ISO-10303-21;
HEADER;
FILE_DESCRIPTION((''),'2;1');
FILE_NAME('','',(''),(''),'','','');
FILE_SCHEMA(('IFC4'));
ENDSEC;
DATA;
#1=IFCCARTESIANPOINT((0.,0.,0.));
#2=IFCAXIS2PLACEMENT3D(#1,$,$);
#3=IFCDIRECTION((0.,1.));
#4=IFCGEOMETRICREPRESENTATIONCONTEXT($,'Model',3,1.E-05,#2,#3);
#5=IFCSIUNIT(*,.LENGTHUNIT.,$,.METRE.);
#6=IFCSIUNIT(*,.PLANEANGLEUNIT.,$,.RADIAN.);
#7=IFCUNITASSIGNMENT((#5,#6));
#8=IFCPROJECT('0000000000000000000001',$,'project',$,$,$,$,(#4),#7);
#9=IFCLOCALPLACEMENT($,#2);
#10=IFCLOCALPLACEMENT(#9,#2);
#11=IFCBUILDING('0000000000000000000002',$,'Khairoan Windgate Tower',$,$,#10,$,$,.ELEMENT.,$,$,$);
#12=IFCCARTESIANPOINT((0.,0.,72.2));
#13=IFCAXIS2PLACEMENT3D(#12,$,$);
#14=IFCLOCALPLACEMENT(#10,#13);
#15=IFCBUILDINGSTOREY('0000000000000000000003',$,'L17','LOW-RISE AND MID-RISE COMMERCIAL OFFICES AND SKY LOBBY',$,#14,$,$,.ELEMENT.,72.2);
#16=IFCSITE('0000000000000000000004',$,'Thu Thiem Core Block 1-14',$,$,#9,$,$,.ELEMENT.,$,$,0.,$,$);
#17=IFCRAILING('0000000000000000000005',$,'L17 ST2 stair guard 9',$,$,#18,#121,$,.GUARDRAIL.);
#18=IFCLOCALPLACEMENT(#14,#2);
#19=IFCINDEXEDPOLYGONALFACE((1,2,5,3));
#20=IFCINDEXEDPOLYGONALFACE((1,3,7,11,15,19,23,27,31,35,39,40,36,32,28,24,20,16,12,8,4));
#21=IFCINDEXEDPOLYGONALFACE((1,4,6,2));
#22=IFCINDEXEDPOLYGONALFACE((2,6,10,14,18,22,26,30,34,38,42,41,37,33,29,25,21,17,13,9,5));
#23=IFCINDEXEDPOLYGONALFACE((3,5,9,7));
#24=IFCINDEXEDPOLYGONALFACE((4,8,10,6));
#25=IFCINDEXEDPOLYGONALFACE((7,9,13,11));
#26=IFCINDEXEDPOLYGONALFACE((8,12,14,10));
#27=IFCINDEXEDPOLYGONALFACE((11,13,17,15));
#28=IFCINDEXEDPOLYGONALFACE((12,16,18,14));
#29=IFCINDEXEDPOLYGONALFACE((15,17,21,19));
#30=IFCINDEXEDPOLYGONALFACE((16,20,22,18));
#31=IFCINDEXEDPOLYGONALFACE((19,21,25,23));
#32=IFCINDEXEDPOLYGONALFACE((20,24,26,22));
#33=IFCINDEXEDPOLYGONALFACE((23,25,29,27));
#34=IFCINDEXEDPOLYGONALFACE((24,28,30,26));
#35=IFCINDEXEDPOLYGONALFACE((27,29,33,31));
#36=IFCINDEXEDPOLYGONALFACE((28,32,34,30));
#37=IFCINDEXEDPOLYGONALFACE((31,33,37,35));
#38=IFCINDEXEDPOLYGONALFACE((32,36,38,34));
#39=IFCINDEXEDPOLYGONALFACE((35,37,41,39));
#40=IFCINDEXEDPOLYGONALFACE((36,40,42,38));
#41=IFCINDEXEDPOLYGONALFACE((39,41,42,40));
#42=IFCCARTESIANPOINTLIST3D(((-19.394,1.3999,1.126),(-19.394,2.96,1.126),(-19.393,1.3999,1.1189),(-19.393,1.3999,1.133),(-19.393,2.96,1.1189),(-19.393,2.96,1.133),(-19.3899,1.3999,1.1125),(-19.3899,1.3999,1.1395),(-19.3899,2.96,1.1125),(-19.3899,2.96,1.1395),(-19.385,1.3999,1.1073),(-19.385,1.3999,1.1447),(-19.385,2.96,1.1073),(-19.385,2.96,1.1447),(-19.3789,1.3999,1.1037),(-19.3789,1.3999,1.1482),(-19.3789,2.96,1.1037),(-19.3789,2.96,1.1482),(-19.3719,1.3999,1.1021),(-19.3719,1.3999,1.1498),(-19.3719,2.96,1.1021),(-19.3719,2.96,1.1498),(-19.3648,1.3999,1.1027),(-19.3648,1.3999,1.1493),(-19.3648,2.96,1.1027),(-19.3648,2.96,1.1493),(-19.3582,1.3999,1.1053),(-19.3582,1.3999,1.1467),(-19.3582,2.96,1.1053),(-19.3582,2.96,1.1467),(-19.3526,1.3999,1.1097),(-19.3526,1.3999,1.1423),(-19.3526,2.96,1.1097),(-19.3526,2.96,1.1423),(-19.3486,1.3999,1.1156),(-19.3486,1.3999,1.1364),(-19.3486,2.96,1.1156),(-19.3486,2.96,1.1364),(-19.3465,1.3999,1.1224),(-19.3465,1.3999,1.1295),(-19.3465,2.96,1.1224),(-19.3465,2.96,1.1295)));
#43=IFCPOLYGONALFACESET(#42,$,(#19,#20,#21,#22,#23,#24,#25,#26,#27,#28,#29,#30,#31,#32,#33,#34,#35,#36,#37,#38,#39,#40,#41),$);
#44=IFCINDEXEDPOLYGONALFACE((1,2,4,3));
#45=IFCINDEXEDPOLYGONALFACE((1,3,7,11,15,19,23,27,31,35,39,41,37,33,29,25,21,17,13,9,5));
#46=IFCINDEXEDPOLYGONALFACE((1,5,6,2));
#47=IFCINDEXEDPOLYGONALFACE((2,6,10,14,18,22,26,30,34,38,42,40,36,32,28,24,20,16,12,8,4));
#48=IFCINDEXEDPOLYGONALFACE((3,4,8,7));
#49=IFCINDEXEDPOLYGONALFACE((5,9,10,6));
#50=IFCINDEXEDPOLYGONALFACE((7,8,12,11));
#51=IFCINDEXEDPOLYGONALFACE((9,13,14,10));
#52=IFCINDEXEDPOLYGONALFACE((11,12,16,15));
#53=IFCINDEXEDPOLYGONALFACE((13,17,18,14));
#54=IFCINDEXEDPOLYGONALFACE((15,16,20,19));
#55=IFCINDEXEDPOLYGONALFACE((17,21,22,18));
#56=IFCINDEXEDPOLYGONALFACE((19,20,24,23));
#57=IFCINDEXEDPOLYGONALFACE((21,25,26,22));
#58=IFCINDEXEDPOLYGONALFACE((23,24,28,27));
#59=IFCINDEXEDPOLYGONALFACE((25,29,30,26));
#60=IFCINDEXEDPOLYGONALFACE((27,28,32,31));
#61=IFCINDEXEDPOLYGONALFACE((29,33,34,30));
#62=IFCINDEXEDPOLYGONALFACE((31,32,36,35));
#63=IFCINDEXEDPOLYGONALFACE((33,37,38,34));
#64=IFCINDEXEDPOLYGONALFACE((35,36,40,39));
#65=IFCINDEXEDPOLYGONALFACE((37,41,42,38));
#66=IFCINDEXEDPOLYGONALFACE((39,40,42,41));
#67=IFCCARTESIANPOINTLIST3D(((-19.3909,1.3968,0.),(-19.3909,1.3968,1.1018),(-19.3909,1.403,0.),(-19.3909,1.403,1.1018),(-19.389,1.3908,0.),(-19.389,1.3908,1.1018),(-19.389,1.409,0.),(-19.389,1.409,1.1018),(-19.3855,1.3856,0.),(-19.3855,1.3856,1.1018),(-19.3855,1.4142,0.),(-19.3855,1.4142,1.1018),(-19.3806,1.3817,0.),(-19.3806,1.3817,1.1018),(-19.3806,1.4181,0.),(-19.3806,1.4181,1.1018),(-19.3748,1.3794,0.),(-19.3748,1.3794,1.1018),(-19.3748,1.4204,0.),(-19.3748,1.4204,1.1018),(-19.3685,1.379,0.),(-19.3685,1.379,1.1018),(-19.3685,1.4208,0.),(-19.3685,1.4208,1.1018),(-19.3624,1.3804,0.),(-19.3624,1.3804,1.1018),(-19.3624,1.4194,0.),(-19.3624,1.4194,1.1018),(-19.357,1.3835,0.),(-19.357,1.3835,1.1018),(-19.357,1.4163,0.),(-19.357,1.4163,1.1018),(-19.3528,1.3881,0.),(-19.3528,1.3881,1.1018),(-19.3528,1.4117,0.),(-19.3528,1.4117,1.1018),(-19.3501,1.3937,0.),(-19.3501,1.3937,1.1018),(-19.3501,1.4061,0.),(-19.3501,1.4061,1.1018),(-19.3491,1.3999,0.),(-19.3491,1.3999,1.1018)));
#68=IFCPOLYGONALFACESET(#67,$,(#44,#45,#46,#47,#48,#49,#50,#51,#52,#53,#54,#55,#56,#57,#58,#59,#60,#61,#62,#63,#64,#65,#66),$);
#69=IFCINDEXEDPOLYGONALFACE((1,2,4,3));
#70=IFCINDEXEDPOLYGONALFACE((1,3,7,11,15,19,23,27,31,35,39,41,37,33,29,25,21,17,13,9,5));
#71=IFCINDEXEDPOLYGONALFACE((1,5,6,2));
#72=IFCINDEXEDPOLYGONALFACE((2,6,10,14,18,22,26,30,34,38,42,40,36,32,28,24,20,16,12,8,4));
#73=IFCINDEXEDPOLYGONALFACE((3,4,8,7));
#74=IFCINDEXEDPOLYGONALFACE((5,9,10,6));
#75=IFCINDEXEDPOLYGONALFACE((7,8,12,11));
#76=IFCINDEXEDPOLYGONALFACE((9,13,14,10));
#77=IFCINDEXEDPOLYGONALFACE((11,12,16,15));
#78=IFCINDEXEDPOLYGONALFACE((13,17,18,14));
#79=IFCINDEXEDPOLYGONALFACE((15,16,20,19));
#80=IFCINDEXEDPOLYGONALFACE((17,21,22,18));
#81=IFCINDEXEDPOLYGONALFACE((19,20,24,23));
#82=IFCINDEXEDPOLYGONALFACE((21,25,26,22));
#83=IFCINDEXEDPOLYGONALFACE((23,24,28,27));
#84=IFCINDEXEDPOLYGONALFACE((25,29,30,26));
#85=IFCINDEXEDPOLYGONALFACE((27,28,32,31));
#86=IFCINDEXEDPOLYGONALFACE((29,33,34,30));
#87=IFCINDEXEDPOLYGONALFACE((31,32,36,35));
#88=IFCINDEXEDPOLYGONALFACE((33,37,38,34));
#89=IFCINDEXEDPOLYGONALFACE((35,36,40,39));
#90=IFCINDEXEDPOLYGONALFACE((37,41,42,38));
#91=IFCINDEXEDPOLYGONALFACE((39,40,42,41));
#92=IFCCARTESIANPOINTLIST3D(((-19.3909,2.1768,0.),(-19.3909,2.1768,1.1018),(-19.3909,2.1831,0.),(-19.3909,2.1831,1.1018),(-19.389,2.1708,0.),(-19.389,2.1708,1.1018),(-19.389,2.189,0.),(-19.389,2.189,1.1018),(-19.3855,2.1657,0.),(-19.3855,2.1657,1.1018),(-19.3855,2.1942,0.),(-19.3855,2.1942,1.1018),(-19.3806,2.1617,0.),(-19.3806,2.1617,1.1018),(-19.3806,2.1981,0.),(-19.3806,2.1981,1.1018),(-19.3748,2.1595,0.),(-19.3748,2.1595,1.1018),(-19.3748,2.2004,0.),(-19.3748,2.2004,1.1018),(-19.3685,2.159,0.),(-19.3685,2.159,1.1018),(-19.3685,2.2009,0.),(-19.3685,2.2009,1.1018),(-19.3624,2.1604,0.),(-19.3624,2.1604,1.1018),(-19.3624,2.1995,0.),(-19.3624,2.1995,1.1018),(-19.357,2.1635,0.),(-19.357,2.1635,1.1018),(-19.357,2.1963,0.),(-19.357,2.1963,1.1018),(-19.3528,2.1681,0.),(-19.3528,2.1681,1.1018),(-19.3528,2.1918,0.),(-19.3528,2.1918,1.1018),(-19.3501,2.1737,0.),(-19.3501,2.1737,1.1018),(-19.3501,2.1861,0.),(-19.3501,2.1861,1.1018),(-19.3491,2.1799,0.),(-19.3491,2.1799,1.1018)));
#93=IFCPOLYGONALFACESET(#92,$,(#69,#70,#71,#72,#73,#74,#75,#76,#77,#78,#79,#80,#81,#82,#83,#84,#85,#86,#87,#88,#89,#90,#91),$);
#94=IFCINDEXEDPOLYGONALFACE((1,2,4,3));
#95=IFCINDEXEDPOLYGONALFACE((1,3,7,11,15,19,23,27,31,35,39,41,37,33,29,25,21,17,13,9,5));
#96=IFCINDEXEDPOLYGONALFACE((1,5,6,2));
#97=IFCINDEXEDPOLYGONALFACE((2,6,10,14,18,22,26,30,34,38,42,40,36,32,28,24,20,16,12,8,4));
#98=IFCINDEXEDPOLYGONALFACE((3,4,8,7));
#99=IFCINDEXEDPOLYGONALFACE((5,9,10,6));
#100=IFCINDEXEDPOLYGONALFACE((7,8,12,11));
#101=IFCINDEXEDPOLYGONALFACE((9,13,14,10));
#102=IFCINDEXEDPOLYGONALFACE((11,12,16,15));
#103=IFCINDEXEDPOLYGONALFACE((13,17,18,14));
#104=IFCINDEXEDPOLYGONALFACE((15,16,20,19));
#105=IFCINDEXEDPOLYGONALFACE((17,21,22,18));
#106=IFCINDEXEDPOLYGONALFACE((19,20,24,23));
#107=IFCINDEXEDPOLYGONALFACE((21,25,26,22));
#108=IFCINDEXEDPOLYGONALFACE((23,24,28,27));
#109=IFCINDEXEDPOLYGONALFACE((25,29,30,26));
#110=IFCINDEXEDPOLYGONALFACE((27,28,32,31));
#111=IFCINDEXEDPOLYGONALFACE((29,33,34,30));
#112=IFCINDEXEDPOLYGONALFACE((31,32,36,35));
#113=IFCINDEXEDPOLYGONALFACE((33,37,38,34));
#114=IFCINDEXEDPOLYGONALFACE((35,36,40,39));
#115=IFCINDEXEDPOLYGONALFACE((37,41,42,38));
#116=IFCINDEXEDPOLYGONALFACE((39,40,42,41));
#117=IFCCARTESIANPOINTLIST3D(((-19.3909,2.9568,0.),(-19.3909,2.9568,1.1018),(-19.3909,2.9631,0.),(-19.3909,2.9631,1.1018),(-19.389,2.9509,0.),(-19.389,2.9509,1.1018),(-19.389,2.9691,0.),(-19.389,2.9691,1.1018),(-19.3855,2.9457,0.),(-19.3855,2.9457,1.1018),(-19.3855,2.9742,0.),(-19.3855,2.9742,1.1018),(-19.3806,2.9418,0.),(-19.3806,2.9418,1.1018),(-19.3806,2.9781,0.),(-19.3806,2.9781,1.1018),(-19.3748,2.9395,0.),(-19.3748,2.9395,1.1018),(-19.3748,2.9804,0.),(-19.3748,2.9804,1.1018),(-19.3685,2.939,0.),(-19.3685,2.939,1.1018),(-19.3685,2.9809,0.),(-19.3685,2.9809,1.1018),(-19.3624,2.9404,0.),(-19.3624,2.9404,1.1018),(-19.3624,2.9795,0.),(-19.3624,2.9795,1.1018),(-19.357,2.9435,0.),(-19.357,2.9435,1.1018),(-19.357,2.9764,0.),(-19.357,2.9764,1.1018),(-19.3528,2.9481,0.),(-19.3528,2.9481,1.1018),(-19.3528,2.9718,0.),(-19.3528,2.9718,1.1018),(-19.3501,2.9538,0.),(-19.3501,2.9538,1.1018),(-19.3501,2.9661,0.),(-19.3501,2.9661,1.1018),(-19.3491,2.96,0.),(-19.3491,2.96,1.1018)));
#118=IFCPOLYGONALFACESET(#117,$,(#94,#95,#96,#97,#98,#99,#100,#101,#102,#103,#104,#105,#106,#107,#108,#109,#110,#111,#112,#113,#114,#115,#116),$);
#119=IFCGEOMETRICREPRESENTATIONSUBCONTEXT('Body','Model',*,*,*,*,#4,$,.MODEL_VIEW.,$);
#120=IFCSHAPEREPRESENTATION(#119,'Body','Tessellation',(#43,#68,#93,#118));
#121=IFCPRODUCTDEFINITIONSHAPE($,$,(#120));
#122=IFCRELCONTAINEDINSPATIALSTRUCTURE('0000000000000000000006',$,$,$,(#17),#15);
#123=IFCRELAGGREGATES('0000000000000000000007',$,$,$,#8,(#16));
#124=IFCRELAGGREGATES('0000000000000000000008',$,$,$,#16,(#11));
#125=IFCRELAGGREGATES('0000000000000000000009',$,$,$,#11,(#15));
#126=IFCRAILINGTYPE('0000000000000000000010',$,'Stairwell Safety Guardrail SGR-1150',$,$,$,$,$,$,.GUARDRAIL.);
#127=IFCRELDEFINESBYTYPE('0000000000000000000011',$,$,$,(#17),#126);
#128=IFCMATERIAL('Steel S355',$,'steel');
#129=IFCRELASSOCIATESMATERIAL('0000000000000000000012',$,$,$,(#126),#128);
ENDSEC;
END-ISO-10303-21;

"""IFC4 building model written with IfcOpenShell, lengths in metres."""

from ifc_helpers import new_model, si_unit, direction, frame, origin, origin_2d, place, context, subcontext, project, spatial, circle, extrude, material, type_object, element, save


model = new_model("IFC4")

# Units and contexts
model_context = context("Model", 3, precision=1e-05, world=origin(), true_north=direction((0.0, 1.0)))
body_context = subcontext(model_context, "Body", "Model", "MODEL_VIEW")
ifc_project = project(units=[si_unit("LENGTHUNIT", "METRE"), si_unit("PLANEANGLEUNIT", "RADIAN")], contexts=[model_context])

# Site, building, storey
site_placement = place(None, origin())
site = spatial("IfcSite", under=ifc_project, at=site_placement, Name="Thu Thiem Core Block 1-14", CompositionType="ELEMENT", RefElevation=0.0)
building_placement = place(site_placement, origin())
building = spatial("IfcBuilding", under=site, at=building_placement, Name="Khairoan Windgate Tower", CompositionType="ELEMENT")
storey_placement = place(building_placement, frame((0.0, 0.0, 72.2)))
storey = spatial("IfcBuildingStorey", under=building, at=storey_placement, Name="L17", Description="LOW-RISE AND MID-RISE COMMERCIAL OFFICES AND SKY LOBBY", CompositionType="ELEMENT", Elevation=72.2)

# Railing
ifc_material_1 = material(Name="Steel S355", Category="steel")
railing_type_1 = type_object("IfcRailingType", Name="Stairwell Safety Guardrail SGR-1150", PredefinedType="GUARDRAIL", material=ifc_material_1)
for number, where, name in (
    (1, (-19.3701, 1.3999, 0.0), "L17 ST2 stair guard 9"),
):
    element("IfcRailing", number, at=place(storey_placement, frame(where)), inside=storey, type_object=railing_type_1, Name=name, PredefinedType="GUARDRAIL", context=body_context, shape_type="SweptSolid", body=[
        extrude(circle(Radius=0.0239, at=origin_2d()), frame((0.0, 0.0, 1.126), z_axis=(0.0, 1.0, 0.0), x_axis=(-1.0, 0.0, 0.0)), (0.0, 0.0, 1.0), 1.5601),
        extrude(circle(Radius=0.021, at=origin_2d()), origin(), (0.0, 0.0, 1.0), 1.1018),
        extrude(circle(Radius=0.021, at=origin_2d()), frame((0.0, 0.78, 0.0)), (0.0, 0.0, 1.0), 1.1018),
        extrude(circle(Radius=0.021, at=origin_2d()), frame((0.0, 1.5601, 0.0)), (0.0, 0.0, 1.0), 1.1018),
    ])

save(model, "model.ifc")
